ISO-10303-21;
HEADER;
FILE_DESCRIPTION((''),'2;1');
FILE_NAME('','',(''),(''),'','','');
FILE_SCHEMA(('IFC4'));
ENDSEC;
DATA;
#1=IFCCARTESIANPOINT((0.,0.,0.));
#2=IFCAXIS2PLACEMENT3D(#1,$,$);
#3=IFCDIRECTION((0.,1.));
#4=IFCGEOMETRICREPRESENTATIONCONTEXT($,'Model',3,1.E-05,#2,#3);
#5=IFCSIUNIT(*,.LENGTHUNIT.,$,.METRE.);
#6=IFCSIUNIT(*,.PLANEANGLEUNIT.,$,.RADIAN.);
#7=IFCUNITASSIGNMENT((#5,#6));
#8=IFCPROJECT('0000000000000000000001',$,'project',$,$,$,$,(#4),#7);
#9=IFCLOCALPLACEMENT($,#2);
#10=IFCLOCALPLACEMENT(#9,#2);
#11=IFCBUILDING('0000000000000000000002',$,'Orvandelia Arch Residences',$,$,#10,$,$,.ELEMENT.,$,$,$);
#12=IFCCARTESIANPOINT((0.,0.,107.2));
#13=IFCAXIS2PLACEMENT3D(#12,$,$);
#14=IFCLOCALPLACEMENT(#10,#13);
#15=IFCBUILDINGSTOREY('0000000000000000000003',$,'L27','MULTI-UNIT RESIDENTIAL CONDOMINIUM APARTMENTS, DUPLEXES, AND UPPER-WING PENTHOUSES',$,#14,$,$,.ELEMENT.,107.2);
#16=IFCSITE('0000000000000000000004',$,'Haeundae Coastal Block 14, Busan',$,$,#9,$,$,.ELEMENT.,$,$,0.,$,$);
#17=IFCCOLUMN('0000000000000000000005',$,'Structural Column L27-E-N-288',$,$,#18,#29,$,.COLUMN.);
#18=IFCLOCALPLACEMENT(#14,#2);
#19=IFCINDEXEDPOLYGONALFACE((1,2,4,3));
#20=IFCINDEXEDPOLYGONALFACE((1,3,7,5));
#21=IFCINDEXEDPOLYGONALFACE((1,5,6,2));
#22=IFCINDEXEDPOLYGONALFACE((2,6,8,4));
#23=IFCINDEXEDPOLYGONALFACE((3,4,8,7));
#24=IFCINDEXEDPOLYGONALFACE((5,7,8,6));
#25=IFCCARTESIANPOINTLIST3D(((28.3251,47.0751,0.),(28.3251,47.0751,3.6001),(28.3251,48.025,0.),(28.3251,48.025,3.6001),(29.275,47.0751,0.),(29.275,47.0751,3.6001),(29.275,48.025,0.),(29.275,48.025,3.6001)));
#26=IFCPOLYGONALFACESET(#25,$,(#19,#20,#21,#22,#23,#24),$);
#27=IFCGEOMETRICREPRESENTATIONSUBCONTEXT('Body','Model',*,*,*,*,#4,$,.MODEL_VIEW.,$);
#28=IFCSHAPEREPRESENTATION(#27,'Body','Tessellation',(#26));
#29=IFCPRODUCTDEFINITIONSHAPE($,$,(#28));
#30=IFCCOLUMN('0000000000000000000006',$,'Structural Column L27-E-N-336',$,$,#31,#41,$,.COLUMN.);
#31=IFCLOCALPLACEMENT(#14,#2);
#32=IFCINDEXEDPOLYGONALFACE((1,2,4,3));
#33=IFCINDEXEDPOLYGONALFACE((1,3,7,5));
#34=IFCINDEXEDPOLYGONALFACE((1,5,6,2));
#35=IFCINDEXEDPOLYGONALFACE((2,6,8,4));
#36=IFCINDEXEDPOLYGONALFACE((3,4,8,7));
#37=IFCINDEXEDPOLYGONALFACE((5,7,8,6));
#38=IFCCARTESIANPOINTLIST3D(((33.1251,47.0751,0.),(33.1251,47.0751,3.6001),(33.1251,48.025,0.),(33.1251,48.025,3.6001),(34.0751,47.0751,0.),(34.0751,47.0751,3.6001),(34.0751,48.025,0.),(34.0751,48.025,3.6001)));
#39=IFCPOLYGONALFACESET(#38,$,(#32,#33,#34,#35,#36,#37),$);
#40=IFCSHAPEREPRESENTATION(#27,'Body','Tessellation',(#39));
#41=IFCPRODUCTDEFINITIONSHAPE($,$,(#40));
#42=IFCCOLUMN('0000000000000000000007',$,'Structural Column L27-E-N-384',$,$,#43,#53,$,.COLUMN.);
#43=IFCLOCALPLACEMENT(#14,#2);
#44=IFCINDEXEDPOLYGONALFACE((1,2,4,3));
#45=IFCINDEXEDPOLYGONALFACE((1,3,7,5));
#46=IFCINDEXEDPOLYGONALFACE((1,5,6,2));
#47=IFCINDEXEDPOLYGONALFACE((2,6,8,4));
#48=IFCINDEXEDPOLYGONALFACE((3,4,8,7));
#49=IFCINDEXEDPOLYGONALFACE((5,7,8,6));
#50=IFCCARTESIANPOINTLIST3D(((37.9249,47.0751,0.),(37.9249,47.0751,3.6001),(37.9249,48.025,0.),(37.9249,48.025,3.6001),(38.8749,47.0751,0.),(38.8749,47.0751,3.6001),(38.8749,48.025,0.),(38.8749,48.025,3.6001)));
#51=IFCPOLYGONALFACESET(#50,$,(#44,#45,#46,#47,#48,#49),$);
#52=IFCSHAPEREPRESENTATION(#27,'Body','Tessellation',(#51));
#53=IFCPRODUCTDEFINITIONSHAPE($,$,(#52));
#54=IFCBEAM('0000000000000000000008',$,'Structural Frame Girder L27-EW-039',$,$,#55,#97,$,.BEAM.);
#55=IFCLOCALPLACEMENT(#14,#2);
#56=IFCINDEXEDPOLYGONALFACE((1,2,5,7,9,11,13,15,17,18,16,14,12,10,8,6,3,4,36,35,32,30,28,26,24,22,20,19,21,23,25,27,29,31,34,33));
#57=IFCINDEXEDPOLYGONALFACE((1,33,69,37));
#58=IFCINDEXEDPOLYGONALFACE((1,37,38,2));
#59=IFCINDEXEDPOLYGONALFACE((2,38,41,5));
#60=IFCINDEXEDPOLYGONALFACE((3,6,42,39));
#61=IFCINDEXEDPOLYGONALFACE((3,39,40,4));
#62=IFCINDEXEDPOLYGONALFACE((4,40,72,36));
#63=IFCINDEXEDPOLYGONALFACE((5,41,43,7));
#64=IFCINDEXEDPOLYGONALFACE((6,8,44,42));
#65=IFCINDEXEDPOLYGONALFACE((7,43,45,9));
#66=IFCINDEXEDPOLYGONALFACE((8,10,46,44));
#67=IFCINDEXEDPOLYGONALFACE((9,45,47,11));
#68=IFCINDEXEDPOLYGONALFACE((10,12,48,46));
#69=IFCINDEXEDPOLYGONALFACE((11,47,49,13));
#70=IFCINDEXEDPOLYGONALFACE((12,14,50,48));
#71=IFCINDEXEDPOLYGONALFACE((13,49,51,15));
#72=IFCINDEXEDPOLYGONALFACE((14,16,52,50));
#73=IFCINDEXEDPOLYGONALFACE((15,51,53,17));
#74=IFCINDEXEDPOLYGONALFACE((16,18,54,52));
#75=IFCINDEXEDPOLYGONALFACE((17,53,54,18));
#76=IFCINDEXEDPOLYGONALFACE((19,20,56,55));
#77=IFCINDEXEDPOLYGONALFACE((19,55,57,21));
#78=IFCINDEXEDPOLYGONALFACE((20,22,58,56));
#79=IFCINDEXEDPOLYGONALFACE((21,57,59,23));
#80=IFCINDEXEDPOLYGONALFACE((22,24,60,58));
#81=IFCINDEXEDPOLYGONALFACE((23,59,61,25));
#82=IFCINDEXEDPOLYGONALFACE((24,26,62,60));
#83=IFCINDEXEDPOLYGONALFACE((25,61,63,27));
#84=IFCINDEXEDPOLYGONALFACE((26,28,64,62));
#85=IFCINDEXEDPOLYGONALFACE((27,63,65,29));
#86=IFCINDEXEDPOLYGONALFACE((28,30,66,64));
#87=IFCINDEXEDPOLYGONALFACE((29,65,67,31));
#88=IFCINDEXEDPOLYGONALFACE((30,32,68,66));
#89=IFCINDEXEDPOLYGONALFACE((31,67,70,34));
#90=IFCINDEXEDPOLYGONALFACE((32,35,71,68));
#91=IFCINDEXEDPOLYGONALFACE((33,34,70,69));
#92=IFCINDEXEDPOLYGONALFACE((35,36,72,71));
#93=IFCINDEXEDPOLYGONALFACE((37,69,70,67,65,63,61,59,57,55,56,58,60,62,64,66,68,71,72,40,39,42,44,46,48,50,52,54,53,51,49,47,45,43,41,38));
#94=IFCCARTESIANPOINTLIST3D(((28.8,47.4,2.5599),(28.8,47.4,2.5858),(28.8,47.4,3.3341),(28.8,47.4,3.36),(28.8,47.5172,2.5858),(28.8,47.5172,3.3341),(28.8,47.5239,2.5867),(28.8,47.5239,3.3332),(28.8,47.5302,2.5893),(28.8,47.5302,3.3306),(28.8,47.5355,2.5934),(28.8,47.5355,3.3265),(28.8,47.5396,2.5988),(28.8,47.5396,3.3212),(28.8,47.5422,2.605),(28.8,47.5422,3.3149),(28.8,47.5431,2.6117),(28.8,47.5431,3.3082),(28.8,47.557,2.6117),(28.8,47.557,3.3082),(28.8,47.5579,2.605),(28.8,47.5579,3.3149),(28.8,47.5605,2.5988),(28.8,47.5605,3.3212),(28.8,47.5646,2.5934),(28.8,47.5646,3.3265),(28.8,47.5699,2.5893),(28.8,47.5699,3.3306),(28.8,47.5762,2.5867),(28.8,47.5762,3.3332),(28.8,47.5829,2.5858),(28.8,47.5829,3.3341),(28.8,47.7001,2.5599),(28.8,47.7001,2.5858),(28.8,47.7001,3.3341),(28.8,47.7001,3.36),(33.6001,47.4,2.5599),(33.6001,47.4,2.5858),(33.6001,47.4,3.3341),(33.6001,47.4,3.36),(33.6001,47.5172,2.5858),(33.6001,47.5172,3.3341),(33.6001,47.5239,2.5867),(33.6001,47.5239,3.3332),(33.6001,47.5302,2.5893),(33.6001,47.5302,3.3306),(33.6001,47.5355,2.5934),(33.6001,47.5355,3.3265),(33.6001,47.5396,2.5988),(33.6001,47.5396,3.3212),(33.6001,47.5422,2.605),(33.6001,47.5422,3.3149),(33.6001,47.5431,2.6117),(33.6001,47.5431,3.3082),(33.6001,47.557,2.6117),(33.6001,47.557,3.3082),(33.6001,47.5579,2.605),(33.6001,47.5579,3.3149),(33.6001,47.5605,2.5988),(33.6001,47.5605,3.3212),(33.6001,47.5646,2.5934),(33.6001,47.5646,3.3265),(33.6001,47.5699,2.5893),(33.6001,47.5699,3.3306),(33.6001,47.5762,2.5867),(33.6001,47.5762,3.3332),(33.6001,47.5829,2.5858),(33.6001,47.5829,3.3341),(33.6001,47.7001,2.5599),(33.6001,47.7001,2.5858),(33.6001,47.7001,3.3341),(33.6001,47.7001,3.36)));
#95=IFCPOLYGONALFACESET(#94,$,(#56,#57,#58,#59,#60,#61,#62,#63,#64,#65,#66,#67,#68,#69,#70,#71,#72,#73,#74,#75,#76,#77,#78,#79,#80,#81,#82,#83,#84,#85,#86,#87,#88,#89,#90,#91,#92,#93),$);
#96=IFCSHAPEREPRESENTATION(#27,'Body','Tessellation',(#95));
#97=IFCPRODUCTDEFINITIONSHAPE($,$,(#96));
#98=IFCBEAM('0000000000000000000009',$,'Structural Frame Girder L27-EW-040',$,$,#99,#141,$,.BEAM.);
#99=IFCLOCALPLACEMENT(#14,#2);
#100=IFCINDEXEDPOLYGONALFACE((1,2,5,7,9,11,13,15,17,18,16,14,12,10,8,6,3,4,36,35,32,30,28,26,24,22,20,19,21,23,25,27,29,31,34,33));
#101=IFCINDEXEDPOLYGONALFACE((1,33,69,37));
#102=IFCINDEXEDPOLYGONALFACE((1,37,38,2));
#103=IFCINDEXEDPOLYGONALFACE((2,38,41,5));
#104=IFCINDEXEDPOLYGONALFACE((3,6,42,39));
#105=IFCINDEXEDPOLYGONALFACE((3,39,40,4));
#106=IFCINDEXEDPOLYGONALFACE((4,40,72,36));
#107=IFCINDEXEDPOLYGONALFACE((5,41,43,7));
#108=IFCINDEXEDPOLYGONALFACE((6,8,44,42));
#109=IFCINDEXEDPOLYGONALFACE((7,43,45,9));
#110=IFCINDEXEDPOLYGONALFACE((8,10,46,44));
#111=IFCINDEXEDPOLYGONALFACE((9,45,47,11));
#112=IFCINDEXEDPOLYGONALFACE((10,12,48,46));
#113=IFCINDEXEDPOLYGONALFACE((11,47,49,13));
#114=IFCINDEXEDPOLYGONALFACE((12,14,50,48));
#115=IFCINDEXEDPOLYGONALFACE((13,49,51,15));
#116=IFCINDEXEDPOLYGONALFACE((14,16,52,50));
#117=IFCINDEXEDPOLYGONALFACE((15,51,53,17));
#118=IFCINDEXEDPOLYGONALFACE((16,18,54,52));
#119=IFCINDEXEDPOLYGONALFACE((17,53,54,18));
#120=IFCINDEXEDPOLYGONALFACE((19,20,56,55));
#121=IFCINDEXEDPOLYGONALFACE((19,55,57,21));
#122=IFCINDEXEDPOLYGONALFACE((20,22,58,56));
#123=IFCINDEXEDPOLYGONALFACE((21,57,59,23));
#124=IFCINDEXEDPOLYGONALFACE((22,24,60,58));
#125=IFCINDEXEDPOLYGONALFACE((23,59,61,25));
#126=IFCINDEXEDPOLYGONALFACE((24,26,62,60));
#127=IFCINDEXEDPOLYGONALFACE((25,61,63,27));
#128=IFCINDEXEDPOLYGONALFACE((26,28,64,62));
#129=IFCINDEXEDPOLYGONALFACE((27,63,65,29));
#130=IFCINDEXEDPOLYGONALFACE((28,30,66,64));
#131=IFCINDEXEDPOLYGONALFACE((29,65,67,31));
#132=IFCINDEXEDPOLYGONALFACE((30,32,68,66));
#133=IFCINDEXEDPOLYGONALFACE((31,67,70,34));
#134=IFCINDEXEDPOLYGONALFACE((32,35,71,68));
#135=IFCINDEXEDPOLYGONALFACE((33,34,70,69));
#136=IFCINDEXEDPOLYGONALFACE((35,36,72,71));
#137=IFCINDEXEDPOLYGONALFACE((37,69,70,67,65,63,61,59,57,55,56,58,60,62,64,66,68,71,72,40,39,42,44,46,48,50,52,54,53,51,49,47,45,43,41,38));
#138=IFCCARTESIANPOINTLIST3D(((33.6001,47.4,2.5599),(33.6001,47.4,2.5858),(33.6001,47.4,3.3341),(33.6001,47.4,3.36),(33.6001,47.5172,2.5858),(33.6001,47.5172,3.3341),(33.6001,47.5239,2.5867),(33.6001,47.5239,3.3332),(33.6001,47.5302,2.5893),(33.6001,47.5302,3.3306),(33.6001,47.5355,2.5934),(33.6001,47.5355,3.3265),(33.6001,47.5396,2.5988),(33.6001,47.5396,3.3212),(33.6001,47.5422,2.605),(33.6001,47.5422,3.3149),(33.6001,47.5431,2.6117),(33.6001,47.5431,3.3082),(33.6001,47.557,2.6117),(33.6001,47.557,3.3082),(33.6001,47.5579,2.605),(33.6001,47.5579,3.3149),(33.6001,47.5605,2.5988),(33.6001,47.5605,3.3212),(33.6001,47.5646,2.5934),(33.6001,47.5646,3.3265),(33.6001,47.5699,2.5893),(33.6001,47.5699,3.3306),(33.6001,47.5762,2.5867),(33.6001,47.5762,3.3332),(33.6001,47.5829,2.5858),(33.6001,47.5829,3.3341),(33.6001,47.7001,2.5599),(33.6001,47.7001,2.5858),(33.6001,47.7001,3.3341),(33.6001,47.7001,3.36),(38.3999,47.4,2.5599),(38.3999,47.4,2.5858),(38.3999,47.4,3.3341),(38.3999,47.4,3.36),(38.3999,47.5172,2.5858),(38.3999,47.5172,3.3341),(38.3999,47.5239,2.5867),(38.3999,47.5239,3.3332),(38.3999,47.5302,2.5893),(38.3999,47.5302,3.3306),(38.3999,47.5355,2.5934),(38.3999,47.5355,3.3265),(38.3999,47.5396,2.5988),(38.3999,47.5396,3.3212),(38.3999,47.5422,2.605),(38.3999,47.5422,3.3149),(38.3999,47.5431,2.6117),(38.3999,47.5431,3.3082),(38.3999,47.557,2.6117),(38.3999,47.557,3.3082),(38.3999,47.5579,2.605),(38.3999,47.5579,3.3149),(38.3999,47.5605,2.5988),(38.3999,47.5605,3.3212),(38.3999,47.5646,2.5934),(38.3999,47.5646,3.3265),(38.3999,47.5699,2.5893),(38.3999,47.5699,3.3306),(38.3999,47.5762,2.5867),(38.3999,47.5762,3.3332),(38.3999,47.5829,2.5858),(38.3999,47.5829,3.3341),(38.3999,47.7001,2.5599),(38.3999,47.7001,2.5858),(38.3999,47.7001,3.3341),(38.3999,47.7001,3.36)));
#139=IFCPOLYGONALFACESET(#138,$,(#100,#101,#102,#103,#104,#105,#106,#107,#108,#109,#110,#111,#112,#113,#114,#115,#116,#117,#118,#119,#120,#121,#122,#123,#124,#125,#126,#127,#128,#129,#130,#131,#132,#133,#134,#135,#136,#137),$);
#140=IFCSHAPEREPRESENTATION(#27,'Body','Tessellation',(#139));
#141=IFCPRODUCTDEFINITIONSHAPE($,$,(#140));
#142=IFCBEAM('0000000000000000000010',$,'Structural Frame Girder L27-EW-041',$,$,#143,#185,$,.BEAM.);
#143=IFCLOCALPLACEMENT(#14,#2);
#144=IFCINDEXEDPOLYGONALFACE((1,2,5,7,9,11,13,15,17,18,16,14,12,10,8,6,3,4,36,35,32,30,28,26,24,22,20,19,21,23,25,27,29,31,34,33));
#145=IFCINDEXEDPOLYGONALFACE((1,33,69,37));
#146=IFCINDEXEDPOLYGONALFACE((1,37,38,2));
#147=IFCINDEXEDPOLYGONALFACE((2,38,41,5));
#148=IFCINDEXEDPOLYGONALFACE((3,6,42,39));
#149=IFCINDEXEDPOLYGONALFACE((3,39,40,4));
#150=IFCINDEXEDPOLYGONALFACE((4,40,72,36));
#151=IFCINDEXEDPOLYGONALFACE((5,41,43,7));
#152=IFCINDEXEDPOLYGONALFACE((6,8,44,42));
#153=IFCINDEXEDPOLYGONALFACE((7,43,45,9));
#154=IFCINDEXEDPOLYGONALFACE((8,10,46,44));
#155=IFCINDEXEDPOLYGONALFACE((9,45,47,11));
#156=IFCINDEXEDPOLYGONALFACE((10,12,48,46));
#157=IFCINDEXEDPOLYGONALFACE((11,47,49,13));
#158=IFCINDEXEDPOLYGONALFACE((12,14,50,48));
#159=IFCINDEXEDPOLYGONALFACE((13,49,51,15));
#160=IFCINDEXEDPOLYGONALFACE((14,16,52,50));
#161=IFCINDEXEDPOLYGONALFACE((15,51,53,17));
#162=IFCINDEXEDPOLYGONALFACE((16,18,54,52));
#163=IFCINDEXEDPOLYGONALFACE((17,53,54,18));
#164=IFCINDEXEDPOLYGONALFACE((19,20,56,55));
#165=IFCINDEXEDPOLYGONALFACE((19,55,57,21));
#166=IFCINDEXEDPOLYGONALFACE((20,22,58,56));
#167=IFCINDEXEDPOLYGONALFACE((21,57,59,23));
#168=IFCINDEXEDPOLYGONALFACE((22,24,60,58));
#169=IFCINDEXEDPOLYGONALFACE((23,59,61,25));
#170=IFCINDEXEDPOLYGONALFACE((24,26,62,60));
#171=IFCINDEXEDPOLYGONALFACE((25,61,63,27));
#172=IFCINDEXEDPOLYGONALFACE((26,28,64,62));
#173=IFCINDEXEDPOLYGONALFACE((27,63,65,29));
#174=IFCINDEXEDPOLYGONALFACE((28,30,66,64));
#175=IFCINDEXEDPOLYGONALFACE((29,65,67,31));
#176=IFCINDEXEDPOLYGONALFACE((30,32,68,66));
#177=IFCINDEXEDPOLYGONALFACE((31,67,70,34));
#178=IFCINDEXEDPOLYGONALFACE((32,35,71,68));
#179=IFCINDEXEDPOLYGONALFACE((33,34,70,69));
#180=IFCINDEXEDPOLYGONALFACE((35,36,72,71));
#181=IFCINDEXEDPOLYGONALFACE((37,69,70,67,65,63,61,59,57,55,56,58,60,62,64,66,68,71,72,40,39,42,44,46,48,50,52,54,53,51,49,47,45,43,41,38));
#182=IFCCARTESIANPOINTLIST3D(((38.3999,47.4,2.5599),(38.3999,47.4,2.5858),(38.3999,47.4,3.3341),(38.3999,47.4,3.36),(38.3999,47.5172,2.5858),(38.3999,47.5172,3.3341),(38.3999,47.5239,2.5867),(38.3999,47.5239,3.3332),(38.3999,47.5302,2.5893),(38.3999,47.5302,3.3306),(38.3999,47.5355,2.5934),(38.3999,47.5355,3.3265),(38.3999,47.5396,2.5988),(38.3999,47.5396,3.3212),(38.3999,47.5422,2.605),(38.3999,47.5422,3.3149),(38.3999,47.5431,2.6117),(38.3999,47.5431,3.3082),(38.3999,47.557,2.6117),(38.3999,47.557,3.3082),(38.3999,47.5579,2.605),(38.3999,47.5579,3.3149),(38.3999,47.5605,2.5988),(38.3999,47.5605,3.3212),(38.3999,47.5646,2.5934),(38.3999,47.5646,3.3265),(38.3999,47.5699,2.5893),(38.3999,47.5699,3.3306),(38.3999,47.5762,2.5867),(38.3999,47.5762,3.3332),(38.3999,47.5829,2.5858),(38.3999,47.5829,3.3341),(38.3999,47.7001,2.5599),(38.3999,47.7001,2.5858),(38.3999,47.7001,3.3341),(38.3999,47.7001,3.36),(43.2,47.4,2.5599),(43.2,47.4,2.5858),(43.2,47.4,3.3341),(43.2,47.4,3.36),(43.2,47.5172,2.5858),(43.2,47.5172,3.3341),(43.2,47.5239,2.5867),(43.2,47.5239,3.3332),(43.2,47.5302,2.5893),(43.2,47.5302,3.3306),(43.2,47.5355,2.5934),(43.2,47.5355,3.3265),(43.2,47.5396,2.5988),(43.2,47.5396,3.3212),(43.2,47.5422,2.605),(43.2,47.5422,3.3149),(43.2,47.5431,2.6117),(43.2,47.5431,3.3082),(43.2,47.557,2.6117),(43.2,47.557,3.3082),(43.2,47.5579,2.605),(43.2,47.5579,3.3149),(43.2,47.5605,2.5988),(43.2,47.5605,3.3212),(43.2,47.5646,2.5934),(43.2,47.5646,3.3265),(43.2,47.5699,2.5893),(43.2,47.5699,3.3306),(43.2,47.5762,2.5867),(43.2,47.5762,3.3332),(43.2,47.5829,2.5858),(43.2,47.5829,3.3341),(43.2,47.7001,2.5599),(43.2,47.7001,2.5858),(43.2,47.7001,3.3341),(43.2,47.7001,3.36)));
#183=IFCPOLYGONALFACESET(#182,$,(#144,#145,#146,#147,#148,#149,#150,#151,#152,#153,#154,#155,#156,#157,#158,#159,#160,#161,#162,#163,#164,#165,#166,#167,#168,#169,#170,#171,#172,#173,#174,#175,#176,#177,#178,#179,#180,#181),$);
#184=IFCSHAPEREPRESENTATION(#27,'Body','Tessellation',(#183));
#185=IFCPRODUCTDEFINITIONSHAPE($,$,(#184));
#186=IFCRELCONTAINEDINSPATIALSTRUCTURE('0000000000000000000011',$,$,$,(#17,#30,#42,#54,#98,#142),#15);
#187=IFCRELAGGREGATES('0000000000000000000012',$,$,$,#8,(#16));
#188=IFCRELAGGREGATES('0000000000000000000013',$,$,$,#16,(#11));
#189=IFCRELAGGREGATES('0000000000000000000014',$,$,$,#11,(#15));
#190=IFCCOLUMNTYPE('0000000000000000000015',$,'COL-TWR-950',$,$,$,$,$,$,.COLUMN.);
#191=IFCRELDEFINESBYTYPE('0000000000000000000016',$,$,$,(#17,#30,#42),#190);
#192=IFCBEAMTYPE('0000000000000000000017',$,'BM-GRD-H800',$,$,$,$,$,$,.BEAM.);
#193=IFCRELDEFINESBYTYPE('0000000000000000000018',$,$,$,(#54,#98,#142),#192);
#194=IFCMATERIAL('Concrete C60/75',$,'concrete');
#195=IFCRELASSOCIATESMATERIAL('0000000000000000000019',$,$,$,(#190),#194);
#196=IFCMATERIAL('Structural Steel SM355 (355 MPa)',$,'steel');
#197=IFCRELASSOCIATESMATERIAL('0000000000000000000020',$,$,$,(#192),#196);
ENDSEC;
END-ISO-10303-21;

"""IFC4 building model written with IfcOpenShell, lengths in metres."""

from ifc_helpers import new_model, si_unit, direction, frame, origin, origin_2d, place, context, subcontext, project, spatial, rectangle, i_section, extrude, material, material_profile, profile_set, type_object, element, save


model = new_model("IFC4")

# Units and contexts
model_context = context("Model", 3, precision=1e-05, world=origin(), true_north=direction((0.0, 1.0)))
body_context = subcontext(model_context, "Body", "Model", "MODEL_VIEW")
ifc_project = project(units=[si_unit("LENGTHUNIT", "METRE"), si_unit("PLANEANGLEUNIT", "RADIAN")], contexts=[model_context])

# Site, building, storey
site_placement = place(None, origin())
site = spatial("IfcSite", under=ifc_project, at=site_placement, Name="Haeundae Coastal Block 14, Busan", CompositionType="ELEMENT", RefElevation=0.0)
building_placement = place(site_placement, origin())
building = spatial("IfcBuilding", under=site, at=building_placement, Name="Orvandelia Arch Residences", CompositionType="ELEMENT")
storey_placement = place(building_placement, frame((0.0, 0.0, 107.2)))
storey = spatial("IfcBuildingStorey", under=building, at=storey_placement, Name="L27", Description="MULTI-UNIT RESIDENTIAL CONDOMINIUM APARTMENTS, DUPLEXES, AND UPPER-WING PENTHOUSES", CompositionType="ELEMENT", Elevation=107.2)

# Columns
ifc_material_1 = material(Name="Concrete C60/75", Category="concrete")
ifc_material_profile_1 = material_profile(ifc_material_1, rectangle(XDim=0.95, YDim=0.95, at=origin_2d()), Name="Concrete C60/75", Category="concrete")
ifc_profile_set_1 = profile_set([ifc_material_profile_1], Name="Concrete C60/75")
column_type = type_object("IfcColumnType", Name="COL-TWR-950", PredefinedType="COLUMN", material=ifc_profile_set_1)
for number, where, z_axis, x_axis, name in (
    (1, (28.8, 47.55, 0.0), (0.0, 0.0, 1.0), (1.0, 0.0, 0.0), "Structural Column L27-E-N-288"),
    (2, (33.6001, 47.55, 0.0), (0.0, 0.0, 1.0), (1.0, 0.0, 0.0), "Structural Column L27-E-N-336"),
    (3, (38.3999, 47.55, 0.0), (0.0, 0.0, 1.0), (1.0, 0.0, 0.0), "Structural Column L27-E-N-384"),
):
    element("IfcColumn", number, at=place(storey_placement, frame(where, z_axis=z_axis, x_axis=x_axis)), inside=storey, type_object=column_type, Name=name, PredefinedType="COLUMN", context=body_context, shape_type="SweptSolid", body=[
        extrude(rectangle(XDim=0.95, YDim=0.95, at=origin_2d()), origin(), (0.0, 0.0, 1.0), 3.6001),
    ])

# Beams
ifc_material_2 = material(Name="Structural Steel SM355 (355 MPa)", Category="steel")
ifc_material_profile_2 = material_profile(ifc_material_2, i_section(OverallWidth=0.3, OverallDepth=0.8, WebThickness=0.0139, FlangeThickness=0.0259, FilletRadius=0.0259, at=origin_2d()), Name="Structural Steel SM355 (355 MPa)", Category="steel")
ifc_profile_set_2 = profile_set([ifc_material_profile_2], Name="Structural Steel SM355 (355 MPa)")
beam_type = type_object("IfcBeamType", Name="BM-GRD-H800", PredefinedType="BEAM", material=ifc_profile_set_2)
beam_1_placement = place(storey_placement, frame((28.8, 47.55, 2.96), z_axis=(1.0, 0.0, 0.0), x_axis=(0.0, 1.0, 0.0)))
element("IfcBeam", 4, at=beam_1_placement, inside=storey, type_object=beam_type, Name="Structural Frame Girder L27-EW-039", PredefinedType="BEAM", context=body_context, shape_type="SweptSolid", body=[
    extrude(i_section(OverallWidth=0.3, OverallDepth=0.8, WebThickness=0.0139, FlangeThickness=0.0259, FilletRadius=0.0259, at=origin_2d()), origin(), (0.0, 0.0, 1.0), 4.8),
])
beam_2_placement = place(storey_placement, frame((33.6001, 47.55, 2.96), z_axis=(1.0, 0.0, 0.0), x_axis=(0.0, 1.0, 0.0)))
element("IfcBeam", 5, at=beam_2_placement, inside=storey, type_object=beam_type, Name="Structural Frame Girder L27-EW-040", PredefinedType="BEAM", context=body_context, shape_type="SweptSolid", body=[
    extrude(i_section(OverallWidth=0.3, OverallDepth=0.8, WebThickness=0.0139, FlangeThickness=0.0259, FilletRadius=0.0259, at=origin_2d()), origin(), (0.0, 0.0, 1.0), 4.7998),
])
beam_3_placement = place(storey_placement, frame((38.3999, 47.55, 2.96), z_axis=(1.0, 0.0, 0.0), x_axis=(0.0, 1.0, 0.0)))
element("IfcBeam", 6, at=beam_3_placement, inside=storey, type_object=beam_type, Name="Structural Frame Girder L27-EW-041", PredefinedType="BEAM", context=body_context, shape_type="SweptSolid", body=[
    extrude(i_section(OverallWidth=0.3, OverallDepth=0.8, WebThickness=0.0139, FlangeThickness=0.0259, FilletRadius=0.0259, at=origin_2d()), origin(), (0.0, 0.0, 1.0), 4.8),
])

save(model, "model.ifc")
